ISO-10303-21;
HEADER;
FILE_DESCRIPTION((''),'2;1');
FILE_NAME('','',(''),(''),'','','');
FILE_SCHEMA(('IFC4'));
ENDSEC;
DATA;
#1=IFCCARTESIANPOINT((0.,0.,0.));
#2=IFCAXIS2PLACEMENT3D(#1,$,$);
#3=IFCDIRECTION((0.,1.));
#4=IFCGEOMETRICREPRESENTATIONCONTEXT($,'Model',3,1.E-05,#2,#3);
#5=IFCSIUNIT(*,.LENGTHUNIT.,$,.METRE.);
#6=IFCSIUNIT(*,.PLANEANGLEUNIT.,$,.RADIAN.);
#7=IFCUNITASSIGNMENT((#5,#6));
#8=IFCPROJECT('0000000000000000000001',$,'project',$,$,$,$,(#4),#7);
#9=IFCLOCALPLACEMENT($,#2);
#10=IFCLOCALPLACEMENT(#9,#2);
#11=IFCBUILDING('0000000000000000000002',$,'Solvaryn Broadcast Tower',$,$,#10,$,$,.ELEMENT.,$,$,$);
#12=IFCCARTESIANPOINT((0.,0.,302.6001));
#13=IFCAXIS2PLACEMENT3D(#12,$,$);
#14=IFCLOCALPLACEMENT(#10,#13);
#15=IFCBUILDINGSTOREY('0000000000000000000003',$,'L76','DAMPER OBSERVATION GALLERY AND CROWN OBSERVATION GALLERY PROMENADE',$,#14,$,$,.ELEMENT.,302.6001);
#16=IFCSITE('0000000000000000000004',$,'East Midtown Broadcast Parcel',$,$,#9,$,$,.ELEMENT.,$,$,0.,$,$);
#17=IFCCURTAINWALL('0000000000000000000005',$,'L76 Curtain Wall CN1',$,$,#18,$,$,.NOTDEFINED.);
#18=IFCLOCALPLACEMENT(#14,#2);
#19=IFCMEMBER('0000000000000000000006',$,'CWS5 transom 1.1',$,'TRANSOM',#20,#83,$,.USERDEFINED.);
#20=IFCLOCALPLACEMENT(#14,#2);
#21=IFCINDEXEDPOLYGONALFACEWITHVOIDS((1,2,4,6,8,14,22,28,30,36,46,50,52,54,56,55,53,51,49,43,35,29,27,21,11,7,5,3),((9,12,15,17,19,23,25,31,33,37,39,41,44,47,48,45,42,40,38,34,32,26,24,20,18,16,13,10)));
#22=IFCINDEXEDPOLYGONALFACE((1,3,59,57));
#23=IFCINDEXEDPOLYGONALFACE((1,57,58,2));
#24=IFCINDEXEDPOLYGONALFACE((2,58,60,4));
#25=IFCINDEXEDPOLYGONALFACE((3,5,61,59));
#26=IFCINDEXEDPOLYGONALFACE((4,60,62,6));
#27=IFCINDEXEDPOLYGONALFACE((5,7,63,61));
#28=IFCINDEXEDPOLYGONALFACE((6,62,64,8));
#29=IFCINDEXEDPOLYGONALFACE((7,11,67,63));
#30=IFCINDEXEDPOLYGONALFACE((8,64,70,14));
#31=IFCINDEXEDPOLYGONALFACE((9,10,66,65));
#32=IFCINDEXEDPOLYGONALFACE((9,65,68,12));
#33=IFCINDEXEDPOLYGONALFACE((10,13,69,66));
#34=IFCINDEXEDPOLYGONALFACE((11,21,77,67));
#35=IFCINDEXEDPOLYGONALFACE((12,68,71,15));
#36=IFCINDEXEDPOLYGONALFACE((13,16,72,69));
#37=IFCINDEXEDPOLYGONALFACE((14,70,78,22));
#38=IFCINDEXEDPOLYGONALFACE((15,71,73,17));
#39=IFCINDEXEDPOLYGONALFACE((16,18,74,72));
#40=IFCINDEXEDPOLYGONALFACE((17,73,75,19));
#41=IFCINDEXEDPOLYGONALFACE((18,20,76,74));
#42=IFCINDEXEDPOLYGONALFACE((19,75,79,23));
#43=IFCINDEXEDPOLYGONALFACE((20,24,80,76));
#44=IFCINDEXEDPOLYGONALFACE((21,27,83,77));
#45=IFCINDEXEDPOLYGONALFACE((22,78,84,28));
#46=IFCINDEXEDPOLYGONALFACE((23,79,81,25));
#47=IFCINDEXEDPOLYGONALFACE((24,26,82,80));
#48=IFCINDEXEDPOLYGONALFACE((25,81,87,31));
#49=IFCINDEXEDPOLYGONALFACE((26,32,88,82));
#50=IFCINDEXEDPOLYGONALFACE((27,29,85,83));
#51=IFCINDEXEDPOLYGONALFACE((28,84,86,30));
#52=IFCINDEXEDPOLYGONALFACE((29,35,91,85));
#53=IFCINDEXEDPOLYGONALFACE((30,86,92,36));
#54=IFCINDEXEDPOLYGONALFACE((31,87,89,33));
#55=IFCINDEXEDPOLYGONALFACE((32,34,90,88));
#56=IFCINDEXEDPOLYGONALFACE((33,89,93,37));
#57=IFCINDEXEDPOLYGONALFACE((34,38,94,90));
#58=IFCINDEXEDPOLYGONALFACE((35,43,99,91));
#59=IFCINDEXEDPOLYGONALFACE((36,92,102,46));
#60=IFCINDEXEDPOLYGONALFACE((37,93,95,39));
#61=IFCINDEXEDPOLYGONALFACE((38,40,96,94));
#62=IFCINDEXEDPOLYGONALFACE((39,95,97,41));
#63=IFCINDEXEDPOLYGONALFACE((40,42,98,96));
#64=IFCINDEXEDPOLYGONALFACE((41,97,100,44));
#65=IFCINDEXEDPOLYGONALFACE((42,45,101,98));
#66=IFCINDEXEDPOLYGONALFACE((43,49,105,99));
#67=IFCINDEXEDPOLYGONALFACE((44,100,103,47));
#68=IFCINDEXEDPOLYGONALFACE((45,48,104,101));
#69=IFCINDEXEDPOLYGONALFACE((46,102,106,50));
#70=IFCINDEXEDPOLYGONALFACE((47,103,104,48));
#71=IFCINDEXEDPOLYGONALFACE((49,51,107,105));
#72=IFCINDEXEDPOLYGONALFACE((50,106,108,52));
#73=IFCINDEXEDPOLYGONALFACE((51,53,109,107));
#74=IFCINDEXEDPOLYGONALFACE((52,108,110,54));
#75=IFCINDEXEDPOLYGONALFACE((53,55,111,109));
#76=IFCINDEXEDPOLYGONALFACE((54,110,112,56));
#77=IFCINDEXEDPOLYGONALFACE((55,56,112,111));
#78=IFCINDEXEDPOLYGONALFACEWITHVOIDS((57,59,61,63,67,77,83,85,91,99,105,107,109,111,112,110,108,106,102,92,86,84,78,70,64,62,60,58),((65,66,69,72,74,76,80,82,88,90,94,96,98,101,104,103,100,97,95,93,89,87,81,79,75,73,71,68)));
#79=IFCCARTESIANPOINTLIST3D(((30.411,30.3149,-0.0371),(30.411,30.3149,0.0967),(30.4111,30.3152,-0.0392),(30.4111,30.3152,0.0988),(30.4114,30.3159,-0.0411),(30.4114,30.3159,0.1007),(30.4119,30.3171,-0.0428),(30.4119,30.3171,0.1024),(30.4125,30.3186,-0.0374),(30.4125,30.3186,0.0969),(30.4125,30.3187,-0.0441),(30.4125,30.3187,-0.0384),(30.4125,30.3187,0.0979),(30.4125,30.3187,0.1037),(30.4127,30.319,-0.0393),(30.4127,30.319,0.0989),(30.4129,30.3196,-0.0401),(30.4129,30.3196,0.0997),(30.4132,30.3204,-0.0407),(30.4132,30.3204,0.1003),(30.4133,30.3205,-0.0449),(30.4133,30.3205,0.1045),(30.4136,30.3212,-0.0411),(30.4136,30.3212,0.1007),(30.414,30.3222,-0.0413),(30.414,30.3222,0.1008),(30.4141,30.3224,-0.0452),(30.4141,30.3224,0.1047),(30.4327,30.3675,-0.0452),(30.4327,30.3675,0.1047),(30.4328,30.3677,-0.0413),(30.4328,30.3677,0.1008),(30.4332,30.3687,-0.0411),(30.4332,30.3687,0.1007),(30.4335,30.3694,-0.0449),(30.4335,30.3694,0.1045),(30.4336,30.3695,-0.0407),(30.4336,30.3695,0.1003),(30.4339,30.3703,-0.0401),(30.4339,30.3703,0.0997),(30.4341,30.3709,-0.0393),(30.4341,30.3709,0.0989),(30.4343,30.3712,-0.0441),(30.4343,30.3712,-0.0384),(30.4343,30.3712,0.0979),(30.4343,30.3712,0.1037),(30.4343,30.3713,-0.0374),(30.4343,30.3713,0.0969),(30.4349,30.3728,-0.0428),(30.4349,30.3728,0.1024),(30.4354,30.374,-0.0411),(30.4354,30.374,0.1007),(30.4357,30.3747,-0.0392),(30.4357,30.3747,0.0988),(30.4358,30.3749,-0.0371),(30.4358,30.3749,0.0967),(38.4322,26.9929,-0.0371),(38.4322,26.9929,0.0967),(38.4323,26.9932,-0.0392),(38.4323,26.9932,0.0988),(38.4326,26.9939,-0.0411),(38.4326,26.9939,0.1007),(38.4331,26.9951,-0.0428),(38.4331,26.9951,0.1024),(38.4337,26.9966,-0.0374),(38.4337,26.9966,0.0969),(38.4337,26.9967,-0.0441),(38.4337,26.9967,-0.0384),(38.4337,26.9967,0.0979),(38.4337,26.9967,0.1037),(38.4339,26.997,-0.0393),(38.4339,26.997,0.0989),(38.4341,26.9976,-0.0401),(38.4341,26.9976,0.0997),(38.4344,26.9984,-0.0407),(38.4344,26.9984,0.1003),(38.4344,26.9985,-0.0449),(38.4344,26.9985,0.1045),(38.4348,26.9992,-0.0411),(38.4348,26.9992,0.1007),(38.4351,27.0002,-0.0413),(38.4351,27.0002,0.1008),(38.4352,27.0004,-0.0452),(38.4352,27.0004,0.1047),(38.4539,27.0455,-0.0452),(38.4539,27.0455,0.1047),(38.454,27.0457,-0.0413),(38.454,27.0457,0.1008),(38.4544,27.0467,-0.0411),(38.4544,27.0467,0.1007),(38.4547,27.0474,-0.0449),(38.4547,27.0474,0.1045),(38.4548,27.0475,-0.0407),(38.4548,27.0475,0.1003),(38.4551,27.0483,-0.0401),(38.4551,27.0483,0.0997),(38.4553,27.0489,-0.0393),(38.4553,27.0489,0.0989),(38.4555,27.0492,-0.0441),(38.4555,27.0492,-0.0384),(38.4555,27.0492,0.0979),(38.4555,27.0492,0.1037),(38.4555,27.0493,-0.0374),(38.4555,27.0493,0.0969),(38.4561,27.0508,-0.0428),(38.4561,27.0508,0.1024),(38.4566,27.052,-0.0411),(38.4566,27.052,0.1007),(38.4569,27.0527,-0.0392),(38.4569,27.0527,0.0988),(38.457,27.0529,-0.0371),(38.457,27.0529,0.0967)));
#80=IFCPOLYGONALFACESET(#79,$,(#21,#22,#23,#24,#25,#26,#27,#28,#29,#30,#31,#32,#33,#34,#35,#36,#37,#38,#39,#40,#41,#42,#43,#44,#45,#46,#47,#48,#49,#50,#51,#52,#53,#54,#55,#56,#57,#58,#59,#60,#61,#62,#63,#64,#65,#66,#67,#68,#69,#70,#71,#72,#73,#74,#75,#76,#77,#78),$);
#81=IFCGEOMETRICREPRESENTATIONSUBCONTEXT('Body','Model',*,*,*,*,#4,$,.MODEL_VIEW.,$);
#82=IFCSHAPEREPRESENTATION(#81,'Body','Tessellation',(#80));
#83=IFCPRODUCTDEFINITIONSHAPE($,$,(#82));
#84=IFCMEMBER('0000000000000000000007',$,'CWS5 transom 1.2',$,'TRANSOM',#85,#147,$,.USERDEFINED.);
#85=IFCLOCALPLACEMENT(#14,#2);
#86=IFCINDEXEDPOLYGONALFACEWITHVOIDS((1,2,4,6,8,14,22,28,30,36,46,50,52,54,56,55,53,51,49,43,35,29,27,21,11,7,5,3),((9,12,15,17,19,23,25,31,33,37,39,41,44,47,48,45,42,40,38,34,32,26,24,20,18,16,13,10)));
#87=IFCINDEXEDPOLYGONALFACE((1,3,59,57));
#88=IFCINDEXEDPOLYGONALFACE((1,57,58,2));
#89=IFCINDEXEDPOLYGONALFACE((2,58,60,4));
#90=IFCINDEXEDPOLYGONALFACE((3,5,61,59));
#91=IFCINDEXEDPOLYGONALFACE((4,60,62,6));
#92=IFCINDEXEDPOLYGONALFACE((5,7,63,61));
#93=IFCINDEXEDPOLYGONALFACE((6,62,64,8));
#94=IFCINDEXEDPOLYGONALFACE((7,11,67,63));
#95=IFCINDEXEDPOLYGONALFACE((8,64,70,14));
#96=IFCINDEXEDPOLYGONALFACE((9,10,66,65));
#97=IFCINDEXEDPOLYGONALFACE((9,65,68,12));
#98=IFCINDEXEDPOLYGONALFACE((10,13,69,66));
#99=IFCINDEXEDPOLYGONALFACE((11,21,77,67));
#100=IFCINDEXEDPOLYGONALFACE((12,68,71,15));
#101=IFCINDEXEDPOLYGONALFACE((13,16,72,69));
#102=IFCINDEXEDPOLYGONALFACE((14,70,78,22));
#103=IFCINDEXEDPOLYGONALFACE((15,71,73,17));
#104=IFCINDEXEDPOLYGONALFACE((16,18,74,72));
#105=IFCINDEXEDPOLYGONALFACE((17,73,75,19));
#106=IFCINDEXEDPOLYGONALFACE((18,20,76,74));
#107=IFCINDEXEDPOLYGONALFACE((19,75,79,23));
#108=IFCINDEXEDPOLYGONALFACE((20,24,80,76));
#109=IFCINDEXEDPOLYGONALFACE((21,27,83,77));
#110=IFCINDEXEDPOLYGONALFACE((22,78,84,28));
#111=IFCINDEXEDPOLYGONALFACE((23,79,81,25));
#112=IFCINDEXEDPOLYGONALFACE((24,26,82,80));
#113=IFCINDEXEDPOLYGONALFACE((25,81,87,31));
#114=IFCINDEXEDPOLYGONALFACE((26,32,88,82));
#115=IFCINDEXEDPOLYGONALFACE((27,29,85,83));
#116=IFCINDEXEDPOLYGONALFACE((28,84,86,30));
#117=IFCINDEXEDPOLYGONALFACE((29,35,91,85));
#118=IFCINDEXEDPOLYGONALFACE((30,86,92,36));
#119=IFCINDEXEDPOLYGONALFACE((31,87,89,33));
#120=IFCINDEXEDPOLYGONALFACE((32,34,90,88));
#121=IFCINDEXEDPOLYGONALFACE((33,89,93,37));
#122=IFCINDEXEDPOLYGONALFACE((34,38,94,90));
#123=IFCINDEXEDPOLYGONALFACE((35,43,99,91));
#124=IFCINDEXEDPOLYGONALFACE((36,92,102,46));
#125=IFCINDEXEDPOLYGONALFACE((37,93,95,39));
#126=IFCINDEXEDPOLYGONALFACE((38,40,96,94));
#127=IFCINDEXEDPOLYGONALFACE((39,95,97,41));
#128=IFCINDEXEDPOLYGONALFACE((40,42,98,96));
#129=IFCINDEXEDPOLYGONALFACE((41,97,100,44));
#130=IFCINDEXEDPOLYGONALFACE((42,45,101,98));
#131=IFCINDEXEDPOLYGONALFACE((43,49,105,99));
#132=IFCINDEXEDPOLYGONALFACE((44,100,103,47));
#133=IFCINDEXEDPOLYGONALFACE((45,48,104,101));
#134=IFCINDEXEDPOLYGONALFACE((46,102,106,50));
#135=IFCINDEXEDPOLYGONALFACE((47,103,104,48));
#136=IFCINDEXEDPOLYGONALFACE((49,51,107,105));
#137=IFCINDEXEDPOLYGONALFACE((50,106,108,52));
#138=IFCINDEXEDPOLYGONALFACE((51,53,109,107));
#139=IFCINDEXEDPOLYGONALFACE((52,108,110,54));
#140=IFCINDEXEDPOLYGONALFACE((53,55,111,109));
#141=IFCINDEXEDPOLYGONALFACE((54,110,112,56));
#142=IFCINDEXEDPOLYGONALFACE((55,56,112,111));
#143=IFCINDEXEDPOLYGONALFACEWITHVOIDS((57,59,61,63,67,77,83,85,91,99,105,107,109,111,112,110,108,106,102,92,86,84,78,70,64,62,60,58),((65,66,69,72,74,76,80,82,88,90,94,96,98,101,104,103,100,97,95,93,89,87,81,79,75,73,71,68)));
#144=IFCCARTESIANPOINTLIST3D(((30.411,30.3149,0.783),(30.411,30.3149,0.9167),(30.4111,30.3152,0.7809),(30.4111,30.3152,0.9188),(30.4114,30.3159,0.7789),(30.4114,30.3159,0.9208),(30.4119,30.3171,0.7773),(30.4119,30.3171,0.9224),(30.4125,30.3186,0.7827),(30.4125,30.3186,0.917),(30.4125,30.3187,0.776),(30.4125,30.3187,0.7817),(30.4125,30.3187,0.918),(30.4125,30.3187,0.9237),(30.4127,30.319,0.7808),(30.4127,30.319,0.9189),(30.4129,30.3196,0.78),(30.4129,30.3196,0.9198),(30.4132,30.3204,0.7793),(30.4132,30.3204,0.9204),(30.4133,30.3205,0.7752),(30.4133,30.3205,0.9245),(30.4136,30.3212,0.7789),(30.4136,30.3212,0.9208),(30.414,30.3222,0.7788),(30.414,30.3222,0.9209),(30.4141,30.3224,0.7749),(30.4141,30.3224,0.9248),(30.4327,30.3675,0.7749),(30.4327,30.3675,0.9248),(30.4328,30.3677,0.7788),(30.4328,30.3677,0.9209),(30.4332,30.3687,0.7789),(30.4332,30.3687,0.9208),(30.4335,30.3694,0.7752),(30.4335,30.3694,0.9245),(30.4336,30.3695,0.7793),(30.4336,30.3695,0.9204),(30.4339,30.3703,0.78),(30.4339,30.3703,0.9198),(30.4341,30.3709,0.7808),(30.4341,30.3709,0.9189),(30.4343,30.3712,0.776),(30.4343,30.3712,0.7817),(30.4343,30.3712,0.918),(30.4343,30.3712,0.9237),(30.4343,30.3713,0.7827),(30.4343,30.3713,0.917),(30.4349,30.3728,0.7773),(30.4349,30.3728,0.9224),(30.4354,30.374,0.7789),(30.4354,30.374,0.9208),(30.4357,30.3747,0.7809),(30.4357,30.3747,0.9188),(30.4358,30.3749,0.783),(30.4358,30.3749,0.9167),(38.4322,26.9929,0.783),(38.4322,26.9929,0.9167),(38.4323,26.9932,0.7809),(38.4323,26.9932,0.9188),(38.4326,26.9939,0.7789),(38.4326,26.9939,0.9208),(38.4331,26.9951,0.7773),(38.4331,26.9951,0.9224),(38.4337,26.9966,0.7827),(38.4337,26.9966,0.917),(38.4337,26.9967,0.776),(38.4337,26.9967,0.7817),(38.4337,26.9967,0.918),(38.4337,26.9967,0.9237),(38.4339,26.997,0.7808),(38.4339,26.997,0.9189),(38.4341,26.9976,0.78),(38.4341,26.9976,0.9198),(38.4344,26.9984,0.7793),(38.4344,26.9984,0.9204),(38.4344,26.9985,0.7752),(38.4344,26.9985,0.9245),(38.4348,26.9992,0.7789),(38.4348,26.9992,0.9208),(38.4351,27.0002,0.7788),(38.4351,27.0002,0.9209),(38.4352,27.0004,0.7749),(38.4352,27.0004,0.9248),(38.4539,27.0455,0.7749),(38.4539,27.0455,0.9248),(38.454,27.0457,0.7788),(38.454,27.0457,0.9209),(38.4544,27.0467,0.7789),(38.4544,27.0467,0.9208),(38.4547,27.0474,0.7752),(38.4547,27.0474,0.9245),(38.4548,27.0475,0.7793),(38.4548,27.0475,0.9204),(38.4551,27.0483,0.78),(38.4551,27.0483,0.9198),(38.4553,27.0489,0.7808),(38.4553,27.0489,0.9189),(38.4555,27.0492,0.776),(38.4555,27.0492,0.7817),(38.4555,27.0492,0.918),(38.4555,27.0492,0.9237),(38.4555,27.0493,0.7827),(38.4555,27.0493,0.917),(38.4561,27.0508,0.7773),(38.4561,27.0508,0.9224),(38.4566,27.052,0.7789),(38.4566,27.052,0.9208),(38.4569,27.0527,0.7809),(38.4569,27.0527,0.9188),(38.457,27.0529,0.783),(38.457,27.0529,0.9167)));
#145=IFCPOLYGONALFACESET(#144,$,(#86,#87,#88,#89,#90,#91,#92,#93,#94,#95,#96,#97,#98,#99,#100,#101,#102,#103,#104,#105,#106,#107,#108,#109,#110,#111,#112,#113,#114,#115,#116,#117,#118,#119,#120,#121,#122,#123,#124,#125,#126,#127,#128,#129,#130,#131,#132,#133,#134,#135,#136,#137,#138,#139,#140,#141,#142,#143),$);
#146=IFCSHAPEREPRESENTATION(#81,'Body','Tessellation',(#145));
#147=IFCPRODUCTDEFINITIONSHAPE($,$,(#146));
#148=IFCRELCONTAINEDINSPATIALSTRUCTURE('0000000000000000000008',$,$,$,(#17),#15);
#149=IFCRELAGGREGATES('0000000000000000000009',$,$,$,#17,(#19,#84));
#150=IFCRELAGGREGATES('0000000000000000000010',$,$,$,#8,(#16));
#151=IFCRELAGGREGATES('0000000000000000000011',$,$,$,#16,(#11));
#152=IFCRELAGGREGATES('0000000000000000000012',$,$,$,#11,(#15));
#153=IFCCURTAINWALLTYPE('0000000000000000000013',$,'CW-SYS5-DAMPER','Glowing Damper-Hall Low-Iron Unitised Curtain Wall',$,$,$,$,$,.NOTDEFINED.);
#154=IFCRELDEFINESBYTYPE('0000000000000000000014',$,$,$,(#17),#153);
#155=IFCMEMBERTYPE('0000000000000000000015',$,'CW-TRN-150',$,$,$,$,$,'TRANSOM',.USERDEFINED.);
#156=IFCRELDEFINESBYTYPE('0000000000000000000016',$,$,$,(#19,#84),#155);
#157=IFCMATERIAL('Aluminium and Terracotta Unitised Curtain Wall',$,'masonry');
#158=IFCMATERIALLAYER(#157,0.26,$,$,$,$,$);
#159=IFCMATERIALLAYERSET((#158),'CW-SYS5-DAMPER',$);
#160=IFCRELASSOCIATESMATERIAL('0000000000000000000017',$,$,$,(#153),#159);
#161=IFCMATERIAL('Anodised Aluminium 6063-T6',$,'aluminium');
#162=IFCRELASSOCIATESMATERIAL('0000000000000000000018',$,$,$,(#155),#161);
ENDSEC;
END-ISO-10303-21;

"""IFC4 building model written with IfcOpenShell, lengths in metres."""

from ifc_helpers import new_model, si_unit, direction, frame, origin, origin_2d, place, context, subcontext, project, spatial, hollow_rectangle, extrude, material, layer, layer_set, material_profile, profile_set, type_object, element, aggregate, save


model = new_model("IFC4")

# Units and contexts
model_context = context("Model", 3, precision=1e-05, world=origin(), true_north=direction((0.0, 1.0)))
body_context = subcontext(model_context, "Body", "Model", "MODEL_VIEW")
ifc_project = project(units=[si_unit("LENGTHUNIT", "METRE"), si_unit("PLANEANGLEUNIT", "RADIAN")], contexts=[model_context])

# Site, building, storey
site_placement = place(None, origin())
site = spatial("IfcSite", under=ifc_project, at=site_placement, Name="East Midtown Broadcast Parcel", CompositionType="ELEMENT", RefElevation=0.0)
building_placement = place(site_placement, origin())
building = spatial("IfcBuilding", under=site, at=building_placement, Name="Solvaryn Broadcast Tower", CompositionType="ELEMENT")
storey_placement = place(building_placement, frame((0.0, 0.0, 302.6001)))
storey = spatial("IfcBuildingStorey", under=building, at=storey_placement, Name="L76", Description="DAMPER OBSERVATION GALLERY AND CROWN OBSERVATION GALLERY PROMENADE", CompositionType="ELEMENT", Elevation=302.6001)

# Shared definitions
ifc_material_1 = material(Name="Aluminium and Terracotta Unitised Curtain Wall", Category="masonry")
ifc_layer_1 = layer(ifc_material_1, 0.26)
ifc_layer_set_1 = layer_set([ifc_layer_1], Name="CW-SYS5-DAMPER")
curtain_wall_type = type_object("IfcCurtainWallType", Name="CW-SYS5-DAMPER", Description="Glowing Damper-Hall Low-Iron Unitised Curtain Wall", PredefinedType="NOTDEFINED", material=ifc_layer_set_1)

# Curtain wall
curtain_wall_1_placement = place(storey_placement, origin())
curtain_wall_1 = element("IfcCurtainWall", 1, at=curtain_wall_1_placement, inside=storey, type_object=curtain_wall_type, Name="L76 Curtain Wall CN1", PredefinedType="NOTDEFINED")

# Members
ifc_material_2 = material(Name="Anodised Aluminium 6063-T6", Category="aluminium")
ifc_material_profile_1 = material_profile(ifc_material_2, hollow_rectangle(XDim=0.0649, YDim=0.1499, WallThickness=0.0039, InnerFilletRadius=0.0039, OuterFilletRadius=0.0081, at=origin_2d()))
ifc_profile_set_1 = profile_set([ifc_material_profile_1], Name="Anodised Aluminium 6063-T6")
member_type_1 = type_object("IfcMemberType", Name="CW-TRN-150", ElementType="TRANSOM", PredefinedType="USERDEFINED", material=ifc_profile_set_1)
member_1_placement = place(storey_placement, frame((38.4446, 27.0229, 0.0298), z_axis=(-0.923899, 0.382636, 0.0), x_axis=(-0.382636, -0.923899, 0.0)))
member_1 = element("IfcMember", 2, at=member_1_placement, type_object=member_type_1, Name="CWS5 transom 1.1", ObjectType="TRANSOM", PredefinedType="USERDEFINED", context=body_context, shape_type="SweptSolid", body=[
    extrude(hollow_rectangle(XDim=0.0649, YDim=0.1499, WallThickness=0.0039, InnerFilletRadius=0.0039, OuterFilletRadius=0.0081, at=origin_2d()), origin(), (0.0, 0.0, 1.0), 8.6819),
])
member_2_placement = place(storey_placement, frame((38.4446, 27.0229, 0.8499), z_axis=(-0.923899, 0.382636, 0.0), x_axis=(-0.382636, -0.923899, 0.0)))
member_2 = element("IfcMember", 3, at=member_2_placement, type_object=member_type_1, Name="CWS5 transom 1.2", ObjectType="TRANSOM", PredefinedType="USERDEFINED", context=body_context, shape_type="SweptSolid", body=[
    extrude(hollow_rectangle(XDim=0.0649, YDim=0.1499, WallThickness=0.0039, InnerFilletRadius=0.0039, OuterFilletRadius=0.0081, at=origin_2d()), origin(), (0.0, 0.0, 1.0), 8.6819),
])

aggregate(curtain_wall_1, [member_1, member_2])

save(model, "model.ifc")
